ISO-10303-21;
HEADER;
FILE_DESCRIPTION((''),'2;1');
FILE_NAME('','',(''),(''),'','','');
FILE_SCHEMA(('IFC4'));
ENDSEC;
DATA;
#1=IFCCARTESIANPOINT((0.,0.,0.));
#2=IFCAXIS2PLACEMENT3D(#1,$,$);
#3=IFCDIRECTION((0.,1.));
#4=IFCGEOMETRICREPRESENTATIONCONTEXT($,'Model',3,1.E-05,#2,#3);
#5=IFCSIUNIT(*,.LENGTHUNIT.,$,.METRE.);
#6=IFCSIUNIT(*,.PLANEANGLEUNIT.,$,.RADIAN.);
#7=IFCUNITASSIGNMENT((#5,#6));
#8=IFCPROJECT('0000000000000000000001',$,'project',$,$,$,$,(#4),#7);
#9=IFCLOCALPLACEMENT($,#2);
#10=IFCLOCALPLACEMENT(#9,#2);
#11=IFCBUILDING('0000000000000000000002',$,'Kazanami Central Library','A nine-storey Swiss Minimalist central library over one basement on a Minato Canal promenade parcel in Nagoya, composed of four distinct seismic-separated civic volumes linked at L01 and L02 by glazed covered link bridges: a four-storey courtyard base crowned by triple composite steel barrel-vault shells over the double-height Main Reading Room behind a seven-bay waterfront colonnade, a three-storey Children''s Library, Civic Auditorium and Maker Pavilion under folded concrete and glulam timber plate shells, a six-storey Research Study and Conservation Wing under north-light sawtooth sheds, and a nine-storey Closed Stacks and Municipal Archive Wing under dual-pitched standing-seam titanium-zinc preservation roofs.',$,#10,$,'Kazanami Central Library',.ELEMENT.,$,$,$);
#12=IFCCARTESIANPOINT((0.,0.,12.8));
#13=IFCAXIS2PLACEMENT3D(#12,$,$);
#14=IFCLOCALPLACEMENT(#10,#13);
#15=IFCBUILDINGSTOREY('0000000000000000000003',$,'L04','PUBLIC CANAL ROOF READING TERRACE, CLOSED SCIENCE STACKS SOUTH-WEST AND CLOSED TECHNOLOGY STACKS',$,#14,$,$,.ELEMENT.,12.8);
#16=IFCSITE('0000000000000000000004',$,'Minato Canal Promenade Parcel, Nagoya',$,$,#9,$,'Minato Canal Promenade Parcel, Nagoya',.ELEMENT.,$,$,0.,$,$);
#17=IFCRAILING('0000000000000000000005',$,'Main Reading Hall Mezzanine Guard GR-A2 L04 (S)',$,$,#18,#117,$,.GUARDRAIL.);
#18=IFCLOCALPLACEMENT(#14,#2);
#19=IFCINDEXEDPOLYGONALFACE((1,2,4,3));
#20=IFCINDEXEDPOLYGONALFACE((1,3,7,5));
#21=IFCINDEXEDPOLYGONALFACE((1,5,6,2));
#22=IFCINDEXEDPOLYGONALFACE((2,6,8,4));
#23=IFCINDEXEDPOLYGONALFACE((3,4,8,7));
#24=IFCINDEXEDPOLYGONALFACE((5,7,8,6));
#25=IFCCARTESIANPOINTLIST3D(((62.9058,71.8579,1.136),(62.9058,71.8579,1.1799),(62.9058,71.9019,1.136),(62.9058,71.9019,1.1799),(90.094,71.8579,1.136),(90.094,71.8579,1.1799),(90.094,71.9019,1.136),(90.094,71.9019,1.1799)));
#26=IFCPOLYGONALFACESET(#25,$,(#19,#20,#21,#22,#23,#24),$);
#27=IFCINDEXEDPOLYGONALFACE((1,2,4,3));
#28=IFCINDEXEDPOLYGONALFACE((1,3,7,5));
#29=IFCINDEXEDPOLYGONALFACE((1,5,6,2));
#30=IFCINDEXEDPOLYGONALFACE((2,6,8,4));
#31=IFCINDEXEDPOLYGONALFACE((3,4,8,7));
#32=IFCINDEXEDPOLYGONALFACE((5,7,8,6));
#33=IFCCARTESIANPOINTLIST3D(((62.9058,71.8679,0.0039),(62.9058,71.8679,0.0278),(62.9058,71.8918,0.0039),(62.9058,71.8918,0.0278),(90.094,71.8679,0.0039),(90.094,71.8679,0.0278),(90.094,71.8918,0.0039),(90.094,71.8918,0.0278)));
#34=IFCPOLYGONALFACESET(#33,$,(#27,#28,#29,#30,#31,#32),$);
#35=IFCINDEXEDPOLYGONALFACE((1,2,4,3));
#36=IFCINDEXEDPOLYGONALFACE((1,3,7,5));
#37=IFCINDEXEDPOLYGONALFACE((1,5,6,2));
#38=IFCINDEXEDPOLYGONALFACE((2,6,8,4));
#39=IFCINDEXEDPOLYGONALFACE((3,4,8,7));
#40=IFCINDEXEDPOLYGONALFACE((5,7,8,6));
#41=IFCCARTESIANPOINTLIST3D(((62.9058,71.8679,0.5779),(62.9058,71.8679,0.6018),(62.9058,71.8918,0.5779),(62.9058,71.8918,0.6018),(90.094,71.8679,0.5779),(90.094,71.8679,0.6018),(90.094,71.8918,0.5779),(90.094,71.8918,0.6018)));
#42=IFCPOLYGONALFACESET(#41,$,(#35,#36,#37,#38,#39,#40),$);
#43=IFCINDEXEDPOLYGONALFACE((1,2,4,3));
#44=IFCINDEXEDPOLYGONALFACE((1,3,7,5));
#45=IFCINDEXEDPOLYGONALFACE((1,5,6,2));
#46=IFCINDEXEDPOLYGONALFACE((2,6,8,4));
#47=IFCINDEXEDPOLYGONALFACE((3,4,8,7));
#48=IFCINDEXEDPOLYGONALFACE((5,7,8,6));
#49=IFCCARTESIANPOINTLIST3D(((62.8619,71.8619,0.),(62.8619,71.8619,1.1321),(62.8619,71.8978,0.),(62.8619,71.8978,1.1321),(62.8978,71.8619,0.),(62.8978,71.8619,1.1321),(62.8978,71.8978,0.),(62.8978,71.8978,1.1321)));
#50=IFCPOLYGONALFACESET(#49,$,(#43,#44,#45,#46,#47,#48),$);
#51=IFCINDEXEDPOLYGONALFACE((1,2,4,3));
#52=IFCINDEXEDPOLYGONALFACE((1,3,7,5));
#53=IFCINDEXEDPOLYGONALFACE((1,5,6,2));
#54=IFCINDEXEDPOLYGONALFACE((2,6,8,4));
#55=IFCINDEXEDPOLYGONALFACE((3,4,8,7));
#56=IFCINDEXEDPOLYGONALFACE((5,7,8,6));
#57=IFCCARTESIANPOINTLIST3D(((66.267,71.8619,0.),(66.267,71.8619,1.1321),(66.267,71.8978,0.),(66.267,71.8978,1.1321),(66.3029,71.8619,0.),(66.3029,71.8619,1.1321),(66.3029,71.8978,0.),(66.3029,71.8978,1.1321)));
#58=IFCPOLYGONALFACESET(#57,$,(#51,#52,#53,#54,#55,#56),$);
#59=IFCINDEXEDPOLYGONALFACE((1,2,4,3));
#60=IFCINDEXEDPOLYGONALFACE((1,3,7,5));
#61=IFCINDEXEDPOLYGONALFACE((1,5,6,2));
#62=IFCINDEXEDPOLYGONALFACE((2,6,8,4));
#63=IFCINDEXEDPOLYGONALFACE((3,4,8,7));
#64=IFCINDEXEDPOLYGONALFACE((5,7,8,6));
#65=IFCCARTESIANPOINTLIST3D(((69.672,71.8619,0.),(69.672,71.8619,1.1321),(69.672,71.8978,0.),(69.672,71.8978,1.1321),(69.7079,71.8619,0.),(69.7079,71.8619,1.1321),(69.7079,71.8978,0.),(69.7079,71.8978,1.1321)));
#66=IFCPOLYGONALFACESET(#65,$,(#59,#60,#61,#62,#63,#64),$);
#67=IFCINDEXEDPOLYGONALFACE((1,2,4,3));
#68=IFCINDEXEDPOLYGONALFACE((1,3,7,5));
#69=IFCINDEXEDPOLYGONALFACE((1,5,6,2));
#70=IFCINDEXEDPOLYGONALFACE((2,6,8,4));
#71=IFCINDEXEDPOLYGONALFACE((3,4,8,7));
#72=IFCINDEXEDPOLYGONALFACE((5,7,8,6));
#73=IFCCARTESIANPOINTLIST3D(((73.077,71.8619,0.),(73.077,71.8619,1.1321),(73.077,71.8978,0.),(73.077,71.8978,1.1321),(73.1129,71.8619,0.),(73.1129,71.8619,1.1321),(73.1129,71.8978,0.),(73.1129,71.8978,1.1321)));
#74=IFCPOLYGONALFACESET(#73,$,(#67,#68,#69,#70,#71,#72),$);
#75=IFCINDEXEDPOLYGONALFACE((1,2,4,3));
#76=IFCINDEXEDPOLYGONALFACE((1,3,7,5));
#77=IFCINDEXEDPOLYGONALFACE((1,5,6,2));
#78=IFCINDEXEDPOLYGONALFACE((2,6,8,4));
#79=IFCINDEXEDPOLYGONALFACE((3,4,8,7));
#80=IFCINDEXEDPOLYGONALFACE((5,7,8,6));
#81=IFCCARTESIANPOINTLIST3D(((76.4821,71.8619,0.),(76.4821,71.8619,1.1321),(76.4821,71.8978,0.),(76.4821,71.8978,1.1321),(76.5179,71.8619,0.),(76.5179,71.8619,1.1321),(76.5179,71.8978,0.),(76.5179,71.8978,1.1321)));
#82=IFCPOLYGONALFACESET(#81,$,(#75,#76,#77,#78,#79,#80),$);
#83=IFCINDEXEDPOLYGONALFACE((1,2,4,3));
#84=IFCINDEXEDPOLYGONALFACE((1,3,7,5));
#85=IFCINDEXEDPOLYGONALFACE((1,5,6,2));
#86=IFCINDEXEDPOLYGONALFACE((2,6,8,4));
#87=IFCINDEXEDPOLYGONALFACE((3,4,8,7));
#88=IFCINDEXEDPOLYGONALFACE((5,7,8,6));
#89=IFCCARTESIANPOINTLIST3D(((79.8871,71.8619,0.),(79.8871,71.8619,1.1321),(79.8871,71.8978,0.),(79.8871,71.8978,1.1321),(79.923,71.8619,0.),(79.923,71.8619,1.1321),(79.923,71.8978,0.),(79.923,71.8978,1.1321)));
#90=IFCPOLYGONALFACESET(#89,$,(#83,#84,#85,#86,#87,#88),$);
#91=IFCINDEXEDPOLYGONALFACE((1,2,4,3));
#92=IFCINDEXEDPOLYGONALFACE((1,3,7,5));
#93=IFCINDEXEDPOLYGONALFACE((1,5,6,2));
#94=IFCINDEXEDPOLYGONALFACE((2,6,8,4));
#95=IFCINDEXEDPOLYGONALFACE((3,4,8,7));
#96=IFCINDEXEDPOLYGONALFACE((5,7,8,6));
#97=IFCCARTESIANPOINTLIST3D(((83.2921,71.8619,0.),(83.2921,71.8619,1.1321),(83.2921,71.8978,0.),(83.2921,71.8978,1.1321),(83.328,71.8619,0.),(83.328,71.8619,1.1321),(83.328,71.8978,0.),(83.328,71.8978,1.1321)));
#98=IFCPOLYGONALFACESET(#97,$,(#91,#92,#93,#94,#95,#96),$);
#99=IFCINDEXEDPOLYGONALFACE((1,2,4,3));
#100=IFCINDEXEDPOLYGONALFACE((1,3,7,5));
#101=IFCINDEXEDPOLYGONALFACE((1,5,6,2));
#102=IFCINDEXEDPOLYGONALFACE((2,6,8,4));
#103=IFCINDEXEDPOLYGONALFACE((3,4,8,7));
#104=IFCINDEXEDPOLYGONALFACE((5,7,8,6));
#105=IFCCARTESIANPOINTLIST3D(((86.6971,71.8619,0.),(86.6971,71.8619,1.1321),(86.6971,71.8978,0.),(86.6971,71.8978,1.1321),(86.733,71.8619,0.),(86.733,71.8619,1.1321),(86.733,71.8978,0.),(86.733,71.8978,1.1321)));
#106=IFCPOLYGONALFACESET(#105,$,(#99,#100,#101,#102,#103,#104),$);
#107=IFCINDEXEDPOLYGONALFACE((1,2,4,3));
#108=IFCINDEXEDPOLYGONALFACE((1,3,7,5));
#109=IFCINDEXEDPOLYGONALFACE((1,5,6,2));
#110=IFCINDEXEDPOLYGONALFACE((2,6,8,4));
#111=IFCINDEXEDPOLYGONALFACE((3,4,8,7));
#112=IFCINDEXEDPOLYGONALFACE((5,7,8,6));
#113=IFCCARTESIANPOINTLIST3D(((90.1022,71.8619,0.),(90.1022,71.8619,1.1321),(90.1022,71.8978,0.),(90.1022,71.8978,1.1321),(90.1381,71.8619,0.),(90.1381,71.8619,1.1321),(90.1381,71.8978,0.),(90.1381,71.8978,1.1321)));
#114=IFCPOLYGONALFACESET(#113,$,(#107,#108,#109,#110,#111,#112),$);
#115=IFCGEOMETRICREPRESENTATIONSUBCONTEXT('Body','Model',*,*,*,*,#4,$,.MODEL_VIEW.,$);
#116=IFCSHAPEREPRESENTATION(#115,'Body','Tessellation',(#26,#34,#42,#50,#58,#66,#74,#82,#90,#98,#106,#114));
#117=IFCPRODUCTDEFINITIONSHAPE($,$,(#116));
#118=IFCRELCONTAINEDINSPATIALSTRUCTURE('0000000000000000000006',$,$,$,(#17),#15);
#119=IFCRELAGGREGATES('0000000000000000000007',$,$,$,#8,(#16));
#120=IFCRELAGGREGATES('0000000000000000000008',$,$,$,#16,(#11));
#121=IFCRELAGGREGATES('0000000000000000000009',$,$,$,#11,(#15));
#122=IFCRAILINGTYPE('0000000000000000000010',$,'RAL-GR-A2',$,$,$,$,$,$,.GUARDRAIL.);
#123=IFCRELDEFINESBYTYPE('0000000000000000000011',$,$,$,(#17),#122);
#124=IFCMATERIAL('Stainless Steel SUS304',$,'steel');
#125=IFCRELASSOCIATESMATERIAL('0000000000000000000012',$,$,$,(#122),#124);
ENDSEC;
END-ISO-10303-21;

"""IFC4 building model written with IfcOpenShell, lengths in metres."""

from ifc_helpers import new_model, si_unit, direction, frame, origin, origin_2d, place, context, subcontext, project, spatial, rectangle, extrude, material, type_object, element, save


model = new_model("IFC4")

# Units and contexts
model_context = context("Model", 3, precision=1e-05, world=origin(), true_north=direction((0.0, 1.0)))
body_context = subcontext(model_context, "Body", "Model", "MODEL_VIEW")
ifc_project = project(units=[si_unit("LENGTHUNIT", "METRE"), si_unit("PLANEANGLEUNIT", "RADIAN")], contexts=[model_context])

# Site, building, storey
site_placement = place(None, origin())
site = spatial("IfcSite", under=ifc_project, at=site_placement, Name="Minato Canal Promenade Parcel, Nagoya", LongName="Minato Canal Promenade Parcel, Nagoya", CompositionType="ELEMENT", RefElevation=0.0)
building_placement = place(site_placement, origin())
building = spatial("IfcBuilding", under=site, at=building_placement, Name="Kazanami Central Library", Description="A nine-storey Swiss Minimalist central library over one basement on a Minato Canal promenade parcel in Nagoya, composed of four distinct seismic-separated civic volumes linked at L01 and L02 by glazed covered link bridges: a four-storey courtyard base crowned by triple composite steel barrel-vault shells over the double-height Main Reading Room behind a seven-bay waterfront colonnade, a three-storey Children's Library, Civic Auditorium and Maker Pavilion under folded concrete and glulam timber plate shells, a six-storey Research Study and Conservation Wing under north-light sawtooth sheds, and a nine-storey Closed Stacks and Municipal Archive Wing under dual-pitched standing-seam titanium-zinc preservation roofs.", LongName="Kazanami Central Library", CompositionType="ELEMENT")
storey_placement = place(building_placement, frame((0.0, 0.0, 12.8)))
storey = spatial("IfcBuildingStorey", under=building, at=storey_placement, Name="L04", Description="PUBLIC CANAL ROOF READING TERRACE, CLOSED SCIENCE STACKS SOUTH-WEST AND CLOSED TECHNOLOGY STACKS", CompositionType="ELEMENT", Elevation=12.8)

# Railing
ifc_material_1 = material(Name="Stainless Steel SUS304", Category="steel")
railing_type = type_object("IfcRailingType", Name="RAL-GR-A2", PredefinedType="GUARDRAIL", material=ifc_material_1)
railing_placement = place(storey_placement, frame((62.8799, 71.8799, 0.0)))
element("IfcRailing", 1, at=railing_placement, inside=storey, type_object=railing_type, Name="Main Reading Hall Mezzanine Guard GR-A2 L04 (S)", PredefinedType="GUARDRAIL", context=body_context, shape_type="SweptSolid", body=[
    extrude(rectangle(XDim=0.0439, YDim=0.0439, at=origin_2d()), frame((0.0259, 0.0, 1.158), z_axis=(1.0, 0.0, 0.0), x_axis=(0.0, 1.0, 0.0)), (0.0, 0.0, 1.0), 27.1882),
    extrude(rectangle(XDim=0.0239, YDim=0.0239, at=origin_2d()), frame((0.0259, 0.0, 0.0159), z_axis=(1.0, 0.0, 0.0), x_axis=(0.0, 1.0, 0.0)), (0.0, 0.0, 1.0), 27.1882),
    extrude(rectangle(XDim=0.0239, YDim=0.0239, at=origin_2d()), frame((0.0259, 0.0, 0.5898), z_axis=(1.0, 0.0, 0.0), x_axis=(0.0, 1.0, 0.0)), (0.0, 0.0, 1.0), 27.1882),
    extrude(rectangle(XDim=0.0359, YDim=0.0359, at=origin_2d()), origin(), (0.0, 0.0, 1.0), 1.1321),
    extrude(rectangle(XDim=0.0359, YDim=0.0359, at=origin_2d()), frame((3.405, 0.0, 0.0)), (0.0, 0.0, 1.0), 1.1321),
    extrude(rectangle(XDim=0.0359, YDim=0.0359, at=origin_2d()), frame((6.8101, 0.0, 0.0)), (0.0, 0.0, 1.0), 1.1321),
    extrude(rectangle(XDim=0.0359, YDim=0.0359, at=origin_2d()), frame((10.2151, 0.0, 0.0)), (0.0, 0.0, 1.0), 1.1321),
    extrude(rectangle(XDim=0.0359, YDim=0.0359, at=origin_2d()), frame((13.6201, 0.0, 0.0)), (0.0, 0.0, 1.0), 1.1321),
    extrude(rectangle(XDim=0.0359, YDim=0.0359, at=origin_2d()), frame((17.0251, 0.0, 0.0)), (0.0, 0.0, 1.0), 1.1321),
    extrude(rectangle(XDim=0.0359, YDim=0.0359, at=origin_2d()), frame((20.4302, 0.0, 0.0)), (0.0, 0.0, 1.0), 1.1321),
    extrude(rectangle(XDim=0.0359, YDim=0.0359, at=origin_2d()), frame((23.8352, 0.0, 0.0)), (0.0, 0.0, 1.0), 1.1321),
    extrude(rectangle(XDim=0.0359, YDim=0.0359, at=origin_2d()), frame((27.2402, 0.0, 0.0)), (0.0, 0.0, 1.0), 1.1321),
])

save(model, "model.ifc")
